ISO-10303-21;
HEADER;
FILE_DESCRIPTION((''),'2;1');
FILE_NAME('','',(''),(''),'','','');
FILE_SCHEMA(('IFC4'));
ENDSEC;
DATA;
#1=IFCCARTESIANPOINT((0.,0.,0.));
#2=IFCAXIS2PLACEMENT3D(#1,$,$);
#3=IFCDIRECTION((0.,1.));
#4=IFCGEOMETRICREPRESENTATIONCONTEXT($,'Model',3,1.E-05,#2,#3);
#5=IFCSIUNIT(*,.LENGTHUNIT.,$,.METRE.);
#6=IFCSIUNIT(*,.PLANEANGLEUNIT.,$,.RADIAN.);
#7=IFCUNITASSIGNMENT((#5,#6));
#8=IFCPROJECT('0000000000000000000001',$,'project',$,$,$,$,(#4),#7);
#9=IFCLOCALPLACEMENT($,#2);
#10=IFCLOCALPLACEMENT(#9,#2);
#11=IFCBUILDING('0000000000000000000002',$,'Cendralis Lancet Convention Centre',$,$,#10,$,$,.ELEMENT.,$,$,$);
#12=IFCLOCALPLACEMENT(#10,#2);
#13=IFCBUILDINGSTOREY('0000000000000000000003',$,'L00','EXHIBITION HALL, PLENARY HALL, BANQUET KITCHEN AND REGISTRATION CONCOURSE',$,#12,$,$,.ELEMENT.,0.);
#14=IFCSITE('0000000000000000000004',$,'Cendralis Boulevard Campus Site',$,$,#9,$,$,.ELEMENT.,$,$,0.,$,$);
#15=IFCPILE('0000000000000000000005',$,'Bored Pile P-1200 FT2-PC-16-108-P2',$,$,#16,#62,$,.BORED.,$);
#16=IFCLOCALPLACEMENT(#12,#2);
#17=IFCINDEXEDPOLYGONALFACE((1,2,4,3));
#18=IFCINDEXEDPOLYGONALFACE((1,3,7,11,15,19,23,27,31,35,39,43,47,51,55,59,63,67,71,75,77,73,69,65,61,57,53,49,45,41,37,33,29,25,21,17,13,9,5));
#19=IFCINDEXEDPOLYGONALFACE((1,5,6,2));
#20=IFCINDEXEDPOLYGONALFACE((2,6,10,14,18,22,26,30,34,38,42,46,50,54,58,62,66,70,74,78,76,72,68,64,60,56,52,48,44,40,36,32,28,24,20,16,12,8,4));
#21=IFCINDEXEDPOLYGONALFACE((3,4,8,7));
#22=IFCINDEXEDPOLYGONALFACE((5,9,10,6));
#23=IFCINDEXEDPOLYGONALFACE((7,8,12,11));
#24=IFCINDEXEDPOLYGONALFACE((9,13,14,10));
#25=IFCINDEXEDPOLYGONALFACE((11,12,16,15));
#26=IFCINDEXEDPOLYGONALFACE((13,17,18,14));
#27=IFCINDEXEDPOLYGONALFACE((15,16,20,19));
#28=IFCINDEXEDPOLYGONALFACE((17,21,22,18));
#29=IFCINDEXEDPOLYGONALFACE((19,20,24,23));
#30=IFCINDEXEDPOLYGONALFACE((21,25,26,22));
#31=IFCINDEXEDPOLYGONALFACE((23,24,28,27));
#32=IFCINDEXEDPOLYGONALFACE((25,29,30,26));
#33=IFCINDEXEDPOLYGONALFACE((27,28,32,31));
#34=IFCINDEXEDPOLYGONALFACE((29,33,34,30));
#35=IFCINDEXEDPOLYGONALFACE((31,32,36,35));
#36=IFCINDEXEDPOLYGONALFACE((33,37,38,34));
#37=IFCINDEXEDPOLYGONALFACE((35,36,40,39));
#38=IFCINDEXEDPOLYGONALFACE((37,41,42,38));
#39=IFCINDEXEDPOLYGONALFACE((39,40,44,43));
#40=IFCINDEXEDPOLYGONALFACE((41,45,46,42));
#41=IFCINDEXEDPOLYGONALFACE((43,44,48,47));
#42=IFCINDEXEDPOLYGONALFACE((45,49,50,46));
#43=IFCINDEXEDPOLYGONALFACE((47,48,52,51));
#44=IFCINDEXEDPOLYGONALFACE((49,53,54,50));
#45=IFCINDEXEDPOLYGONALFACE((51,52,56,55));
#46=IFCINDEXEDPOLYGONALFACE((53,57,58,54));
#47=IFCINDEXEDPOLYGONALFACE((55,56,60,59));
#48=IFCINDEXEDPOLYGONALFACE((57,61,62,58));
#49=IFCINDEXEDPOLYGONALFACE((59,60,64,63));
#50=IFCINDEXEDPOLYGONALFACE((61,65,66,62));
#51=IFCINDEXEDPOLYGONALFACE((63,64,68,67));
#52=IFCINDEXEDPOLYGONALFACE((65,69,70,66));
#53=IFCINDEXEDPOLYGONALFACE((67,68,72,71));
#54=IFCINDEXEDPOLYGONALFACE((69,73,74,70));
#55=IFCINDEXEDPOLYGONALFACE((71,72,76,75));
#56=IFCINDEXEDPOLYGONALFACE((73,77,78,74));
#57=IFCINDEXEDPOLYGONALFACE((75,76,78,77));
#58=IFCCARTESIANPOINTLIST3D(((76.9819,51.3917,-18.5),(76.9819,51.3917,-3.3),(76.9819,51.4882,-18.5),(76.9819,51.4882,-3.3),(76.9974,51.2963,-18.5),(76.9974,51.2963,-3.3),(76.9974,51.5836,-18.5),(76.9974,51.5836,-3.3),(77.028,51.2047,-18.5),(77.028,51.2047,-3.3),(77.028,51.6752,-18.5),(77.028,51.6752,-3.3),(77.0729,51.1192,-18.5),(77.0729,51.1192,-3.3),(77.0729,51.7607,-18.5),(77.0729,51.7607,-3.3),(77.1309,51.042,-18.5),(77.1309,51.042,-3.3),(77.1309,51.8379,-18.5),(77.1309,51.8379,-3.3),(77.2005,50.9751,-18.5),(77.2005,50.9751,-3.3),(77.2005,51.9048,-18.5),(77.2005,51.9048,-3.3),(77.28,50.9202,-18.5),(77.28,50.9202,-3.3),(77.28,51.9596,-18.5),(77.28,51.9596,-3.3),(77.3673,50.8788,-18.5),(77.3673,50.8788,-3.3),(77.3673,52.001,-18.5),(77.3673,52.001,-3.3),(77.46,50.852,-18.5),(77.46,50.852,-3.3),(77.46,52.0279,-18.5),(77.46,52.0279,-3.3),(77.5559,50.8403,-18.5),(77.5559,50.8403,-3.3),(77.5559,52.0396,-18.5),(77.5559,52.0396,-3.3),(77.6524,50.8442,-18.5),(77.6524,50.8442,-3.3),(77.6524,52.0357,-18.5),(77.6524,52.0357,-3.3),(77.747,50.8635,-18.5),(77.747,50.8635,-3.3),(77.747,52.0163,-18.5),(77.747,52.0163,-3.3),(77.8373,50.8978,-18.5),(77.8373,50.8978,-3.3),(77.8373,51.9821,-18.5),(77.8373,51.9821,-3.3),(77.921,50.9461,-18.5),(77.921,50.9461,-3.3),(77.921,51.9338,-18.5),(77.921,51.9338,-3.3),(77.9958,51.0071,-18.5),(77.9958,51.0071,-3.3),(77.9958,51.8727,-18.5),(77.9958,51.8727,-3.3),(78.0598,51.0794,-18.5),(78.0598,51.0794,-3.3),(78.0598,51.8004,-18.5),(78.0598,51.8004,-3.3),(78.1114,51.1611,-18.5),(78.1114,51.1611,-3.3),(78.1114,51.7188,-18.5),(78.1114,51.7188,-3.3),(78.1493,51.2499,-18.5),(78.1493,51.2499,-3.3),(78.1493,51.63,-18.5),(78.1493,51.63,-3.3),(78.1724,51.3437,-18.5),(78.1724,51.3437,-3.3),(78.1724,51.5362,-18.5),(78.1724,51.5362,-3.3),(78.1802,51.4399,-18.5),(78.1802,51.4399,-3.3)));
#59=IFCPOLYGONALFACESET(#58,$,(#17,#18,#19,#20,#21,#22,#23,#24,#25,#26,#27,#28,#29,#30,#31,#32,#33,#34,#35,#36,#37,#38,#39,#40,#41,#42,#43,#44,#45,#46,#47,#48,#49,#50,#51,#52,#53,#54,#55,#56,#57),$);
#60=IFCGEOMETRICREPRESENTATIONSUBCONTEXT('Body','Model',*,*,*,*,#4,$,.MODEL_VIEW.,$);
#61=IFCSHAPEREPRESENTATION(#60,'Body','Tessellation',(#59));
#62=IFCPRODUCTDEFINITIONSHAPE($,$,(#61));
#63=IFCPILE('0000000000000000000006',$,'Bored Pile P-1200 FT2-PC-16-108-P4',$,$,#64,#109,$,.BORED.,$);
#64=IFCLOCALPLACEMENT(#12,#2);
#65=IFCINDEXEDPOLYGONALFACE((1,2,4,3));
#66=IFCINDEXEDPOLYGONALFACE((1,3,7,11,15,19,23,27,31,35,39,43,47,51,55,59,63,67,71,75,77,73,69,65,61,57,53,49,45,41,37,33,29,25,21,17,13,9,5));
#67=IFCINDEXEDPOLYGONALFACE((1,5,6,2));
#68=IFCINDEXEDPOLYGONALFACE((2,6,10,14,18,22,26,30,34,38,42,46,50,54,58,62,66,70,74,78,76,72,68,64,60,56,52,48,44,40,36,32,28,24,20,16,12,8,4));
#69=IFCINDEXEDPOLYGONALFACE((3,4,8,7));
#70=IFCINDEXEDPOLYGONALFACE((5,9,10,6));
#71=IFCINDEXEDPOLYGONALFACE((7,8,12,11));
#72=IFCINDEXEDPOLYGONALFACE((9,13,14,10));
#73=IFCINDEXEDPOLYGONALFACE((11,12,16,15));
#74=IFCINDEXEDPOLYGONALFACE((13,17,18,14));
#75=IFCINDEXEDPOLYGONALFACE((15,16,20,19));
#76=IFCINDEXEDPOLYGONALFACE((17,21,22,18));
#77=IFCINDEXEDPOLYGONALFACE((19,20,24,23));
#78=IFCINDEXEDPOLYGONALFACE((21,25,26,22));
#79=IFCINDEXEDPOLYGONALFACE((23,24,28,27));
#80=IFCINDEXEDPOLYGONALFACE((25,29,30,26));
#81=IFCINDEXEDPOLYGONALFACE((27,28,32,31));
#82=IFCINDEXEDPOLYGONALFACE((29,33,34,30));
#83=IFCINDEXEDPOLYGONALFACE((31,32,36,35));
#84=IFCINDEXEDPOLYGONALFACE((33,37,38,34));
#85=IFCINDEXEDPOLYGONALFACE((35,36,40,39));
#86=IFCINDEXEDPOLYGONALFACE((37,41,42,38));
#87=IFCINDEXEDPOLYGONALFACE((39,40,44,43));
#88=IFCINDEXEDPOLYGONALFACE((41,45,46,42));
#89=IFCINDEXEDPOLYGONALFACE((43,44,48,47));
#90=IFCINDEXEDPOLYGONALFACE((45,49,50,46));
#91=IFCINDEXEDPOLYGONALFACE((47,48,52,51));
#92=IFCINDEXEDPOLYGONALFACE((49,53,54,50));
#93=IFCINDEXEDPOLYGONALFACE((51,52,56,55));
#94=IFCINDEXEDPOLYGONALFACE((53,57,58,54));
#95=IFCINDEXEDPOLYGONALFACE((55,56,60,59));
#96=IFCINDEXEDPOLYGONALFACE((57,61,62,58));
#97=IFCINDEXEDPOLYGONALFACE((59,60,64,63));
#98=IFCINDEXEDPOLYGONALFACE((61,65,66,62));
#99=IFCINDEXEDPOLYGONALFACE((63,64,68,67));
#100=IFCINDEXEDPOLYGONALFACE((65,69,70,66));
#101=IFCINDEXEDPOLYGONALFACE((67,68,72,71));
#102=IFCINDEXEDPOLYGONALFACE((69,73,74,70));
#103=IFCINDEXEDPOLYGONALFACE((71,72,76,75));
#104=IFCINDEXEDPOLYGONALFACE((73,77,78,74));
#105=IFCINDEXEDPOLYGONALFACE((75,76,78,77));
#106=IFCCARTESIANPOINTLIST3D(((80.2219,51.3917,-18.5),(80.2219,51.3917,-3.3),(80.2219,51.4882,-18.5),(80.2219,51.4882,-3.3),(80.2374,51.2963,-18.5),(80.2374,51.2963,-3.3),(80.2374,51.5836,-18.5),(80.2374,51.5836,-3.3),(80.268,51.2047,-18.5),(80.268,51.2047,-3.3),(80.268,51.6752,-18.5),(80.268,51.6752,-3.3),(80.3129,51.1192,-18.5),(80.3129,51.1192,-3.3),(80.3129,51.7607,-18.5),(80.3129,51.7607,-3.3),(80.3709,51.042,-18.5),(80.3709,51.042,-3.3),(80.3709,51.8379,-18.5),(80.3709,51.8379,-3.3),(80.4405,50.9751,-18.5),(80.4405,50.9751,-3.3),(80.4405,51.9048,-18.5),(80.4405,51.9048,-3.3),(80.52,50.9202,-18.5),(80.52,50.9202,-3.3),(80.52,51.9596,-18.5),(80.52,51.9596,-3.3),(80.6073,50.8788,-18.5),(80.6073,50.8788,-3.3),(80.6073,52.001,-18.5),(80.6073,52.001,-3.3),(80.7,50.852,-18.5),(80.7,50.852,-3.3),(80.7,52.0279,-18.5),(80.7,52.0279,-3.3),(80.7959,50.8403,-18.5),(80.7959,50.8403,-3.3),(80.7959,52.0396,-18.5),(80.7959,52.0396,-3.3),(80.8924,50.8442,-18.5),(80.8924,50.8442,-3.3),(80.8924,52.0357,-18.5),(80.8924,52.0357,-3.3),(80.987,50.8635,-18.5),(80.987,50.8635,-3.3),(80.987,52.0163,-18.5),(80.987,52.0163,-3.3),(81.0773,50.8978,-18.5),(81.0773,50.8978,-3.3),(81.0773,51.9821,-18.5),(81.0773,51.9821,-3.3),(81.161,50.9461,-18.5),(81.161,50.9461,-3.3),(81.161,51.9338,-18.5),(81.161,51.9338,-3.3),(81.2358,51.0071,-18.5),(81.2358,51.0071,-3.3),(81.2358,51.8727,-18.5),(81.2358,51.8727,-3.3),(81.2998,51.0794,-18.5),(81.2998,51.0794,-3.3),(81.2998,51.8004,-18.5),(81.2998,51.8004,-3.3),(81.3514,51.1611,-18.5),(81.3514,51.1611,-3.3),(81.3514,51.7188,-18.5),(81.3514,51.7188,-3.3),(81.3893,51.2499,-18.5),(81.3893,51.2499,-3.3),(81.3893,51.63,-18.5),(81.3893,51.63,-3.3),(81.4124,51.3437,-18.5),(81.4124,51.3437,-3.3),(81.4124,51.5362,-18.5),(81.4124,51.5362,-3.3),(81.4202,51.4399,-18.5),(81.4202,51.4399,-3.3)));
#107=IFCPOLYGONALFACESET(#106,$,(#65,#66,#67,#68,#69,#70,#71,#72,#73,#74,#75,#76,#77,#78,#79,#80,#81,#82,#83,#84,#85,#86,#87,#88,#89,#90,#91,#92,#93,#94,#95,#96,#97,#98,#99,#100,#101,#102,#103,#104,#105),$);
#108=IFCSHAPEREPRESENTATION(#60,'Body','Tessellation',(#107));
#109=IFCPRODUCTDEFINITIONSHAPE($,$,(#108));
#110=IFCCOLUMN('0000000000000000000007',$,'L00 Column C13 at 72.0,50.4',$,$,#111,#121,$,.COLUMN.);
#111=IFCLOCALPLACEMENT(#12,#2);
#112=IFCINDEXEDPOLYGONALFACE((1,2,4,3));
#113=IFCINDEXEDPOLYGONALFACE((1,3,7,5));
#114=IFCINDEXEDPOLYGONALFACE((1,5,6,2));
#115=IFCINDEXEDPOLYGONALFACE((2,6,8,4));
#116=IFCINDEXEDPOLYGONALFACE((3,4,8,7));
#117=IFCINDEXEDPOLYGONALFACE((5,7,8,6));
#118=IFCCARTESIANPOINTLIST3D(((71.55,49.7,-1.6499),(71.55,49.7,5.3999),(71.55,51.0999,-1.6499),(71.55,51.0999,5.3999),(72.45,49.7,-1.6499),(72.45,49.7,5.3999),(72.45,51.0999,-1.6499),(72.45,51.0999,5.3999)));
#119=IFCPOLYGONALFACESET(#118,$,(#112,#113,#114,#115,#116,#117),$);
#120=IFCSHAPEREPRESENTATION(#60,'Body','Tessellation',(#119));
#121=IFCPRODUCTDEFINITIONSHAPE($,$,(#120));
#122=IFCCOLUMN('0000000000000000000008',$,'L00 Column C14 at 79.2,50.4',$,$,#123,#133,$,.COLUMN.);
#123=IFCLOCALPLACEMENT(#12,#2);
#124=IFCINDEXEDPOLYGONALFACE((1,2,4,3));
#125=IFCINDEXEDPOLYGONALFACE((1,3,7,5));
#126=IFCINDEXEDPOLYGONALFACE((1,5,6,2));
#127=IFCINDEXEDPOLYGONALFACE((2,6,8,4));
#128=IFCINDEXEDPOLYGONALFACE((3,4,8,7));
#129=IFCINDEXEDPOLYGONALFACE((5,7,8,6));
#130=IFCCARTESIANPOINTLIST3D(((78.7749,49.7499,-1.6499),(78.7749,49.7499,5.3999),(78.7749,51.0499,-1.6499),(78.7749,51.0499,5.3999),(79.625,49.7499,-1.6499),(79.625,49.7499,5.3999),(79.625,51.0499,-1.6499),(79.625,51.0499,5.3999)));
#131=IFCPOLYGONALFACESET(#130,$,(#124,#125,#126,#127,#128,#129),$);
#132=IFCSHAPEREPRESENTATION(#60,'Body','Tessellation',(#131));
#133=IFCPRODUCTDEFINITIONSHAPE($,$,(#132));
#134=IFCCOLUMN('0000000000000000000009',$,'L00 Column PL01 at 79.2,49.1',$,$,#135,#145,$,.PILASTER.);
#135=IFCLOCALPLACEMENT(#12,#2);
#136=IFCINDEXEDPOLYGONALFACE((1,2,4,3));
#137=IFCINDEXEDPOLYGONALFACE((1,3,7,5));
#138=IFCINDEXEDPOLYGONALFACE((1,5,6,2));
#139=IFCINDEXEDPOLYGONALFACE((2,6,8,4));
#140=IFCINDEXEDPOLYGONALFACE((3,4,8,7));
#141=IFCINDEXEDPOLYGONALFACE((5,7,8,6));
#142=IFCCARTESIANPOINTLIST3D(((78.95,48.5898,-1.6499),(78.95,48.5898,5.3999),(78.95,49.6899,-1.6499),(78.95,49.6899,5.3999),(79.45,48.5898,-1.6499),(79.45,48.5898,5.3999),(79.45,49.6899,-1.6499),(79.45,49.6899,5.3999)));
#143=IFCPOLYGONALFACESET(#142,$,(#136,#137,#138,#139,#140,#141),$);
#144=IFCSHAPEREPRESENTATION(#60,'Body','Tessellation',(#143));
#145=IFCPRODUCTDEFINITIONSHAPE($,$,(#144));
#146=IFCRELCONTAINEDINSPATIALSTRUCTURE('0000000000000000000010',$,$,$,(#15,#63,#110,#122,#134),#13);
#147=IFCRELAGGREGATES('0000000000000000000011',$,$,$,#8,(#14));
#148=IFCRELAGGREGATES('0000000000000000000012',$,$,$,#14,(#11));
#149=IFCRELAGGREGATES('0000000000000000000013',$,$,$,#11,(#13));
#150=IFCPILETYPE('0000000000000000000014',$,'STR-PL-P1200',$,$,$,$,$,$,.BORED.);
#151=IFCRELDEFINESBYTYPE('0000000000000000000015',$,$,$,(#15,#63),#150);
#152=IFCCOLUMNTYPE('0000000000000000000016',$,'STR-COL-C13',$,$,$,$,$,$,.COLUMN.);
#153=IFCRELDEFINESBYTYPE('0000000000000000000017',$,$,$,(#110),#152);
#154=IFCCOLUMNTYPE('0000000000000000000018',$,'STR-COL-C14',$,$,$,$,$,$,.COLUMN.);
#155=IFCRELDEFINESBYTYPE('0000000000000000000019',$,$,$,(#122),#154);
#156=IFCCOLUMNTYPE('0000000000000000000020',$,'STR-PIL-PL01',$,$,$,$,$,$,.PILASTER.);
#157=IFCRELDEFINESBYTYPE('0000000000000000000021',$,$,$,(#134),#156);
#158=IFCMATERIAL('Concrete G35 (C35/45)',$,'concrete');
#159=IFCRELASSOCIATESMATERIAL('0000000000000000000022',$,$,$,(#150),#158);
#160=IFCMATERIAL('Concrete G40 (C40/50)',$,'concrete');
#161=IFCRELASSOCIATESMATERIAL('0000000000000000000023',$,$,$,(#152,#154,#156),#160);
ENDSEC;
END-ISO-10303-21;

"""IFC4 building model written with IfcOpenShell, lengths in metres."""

from ifc_helpers import new_model, si_unit, direction, frame, origin, origin_2d, place, context, subcontext, project, spatial, rectangle, circle, extrude, material, material_profile, profile_set, type_object, element, save


model = new_model("IFC4")

# Units and contexts
model_context = context("Model", 3, precision=1e-05, world=origin(), true_north=direction((0.0, 1.0)))
body_context = subcontext(model_context, "Body", "Model", "MODEL_VIEW")
ifc_project = project(units=[si_unit("LENGTHUNIT", "METRE"), si_unit("PLANEANGLEUNIT", "RADIAN")], contexts=[model_context])

# Site, building, storey
site_placement = place(None, origin())
site = spatial("IfcSite", under=ifc_project, at=site_placement, Name="Cendralis Boulevard Campus Site", CompositionType="ELEMENT", RefElevation=0.0)
building_placement = place(site_placement, origin())
building = spatial("IfcBuilding", under=site, at=building_placement, Name="Cendralis Lancet Convention Centre", CompositionType="ELEMENT")
storey_placement = place(building_placement, origin())
storey = spatial("IfcBuildingStorey", under=building, at=storey_placement, Name="L00", Description="EXHIBITION HALL, PLENARY HALL, BANQUET KITCHEN AND REGISTRATION CONCOURSE", CompositionType="ELEMENT", Elevation=0.0)

# Shared definitions
ifc_material_1 = material(Name="Concrete G35 (C35/45)", Category="concrete")

# Piles
ifc_material_profile_1 = material_profile(ifc_material_1, circle(Radius=0.6001, at=origin_2d()), Name="BORED PILE D1200")
ifc_profile_set_1 = profile_set([ifc_material_profile_1], Name="Concrete G35 (C35/45)")
pile_type = type_object("IfcPileType", Name="STR-PL-P1200", PredefinedType="BORED", material=ifc_profile_set_1)
for number, where, z_axis, x_axis, name in (
    (1, (77.5801, 51.4399, -3.3), (0.0, 0.0, -1.0), (1.0, 0.0, 0.0), "Bored Pile P-1200 FT2-PC-16-108-P2"),
    (2, (80.8201, 51.4399, -3.3), (0.0, 0.0, -1.0), (1.0, 0.0, 0.0), "Bored Pile P-1200 FT2-PC-16-108-P4"),
):
    element("IfcPile", number, at=place(storey_placement, frame(where, z_axis=z_axis, x_axis=x_axis)), inside=storey, type_object=pile_type, Name=name, PredefinedType="BORED", context=body_context, shape_type="SweptSolid", body=[
        extrude(circle(Radius=0.6001, at=origin_2d()), origin(), (0.0, 0.0, 1.0), 15.2),
    ])

# Columns
ifc_material_2 = material(Name="Concrete G40 (C40/50)", Category="concrete")
ifc_material_profile_2 = material_profile(ifc_material_2, rectangle(XDim=0.8999, YDim=1.3999, at=origin_2d()), Name="RC 900x1400")
ifc_profile_set_2 = profile_set([ifc_material_profile_2], Name="Concrete G40 (C40/50)")
column_type_1 = type_object("IfcColumnType", Name="STR-COL-C13", PredefinedType="COLUMN", material=ifc_profile_set_2)
column_1_placement = place(storey_placement, frame((72.0, 50.3999, -1.6499), z_axis=(0.0, 0.0, 1.0), x_axis=(1.0, 0.0, 0.0)))
element("IfcColumn", 3, at=column_1_placement, inside=storey, type_object=column_type_1, Name="L00 Column C13 at 72.0,50.4", PredefinedType="COLUMN", context=body_context, shape_type="SweptSolid", body=[
    extrude(rectangle(XDim=0.8999, YDim=1.3999, at=origin_2d()), origin(), (0.0, 0.0, 1.0), 7.0498),
])
ifc_material_profile_3 = material_profile(ifc_material_2, rectangle(XDim=0.8501, YDim=1.3, at=origin_2d()), Name="RC 850x1300")
ifc_profile_set_3 = profile_set([ifc_material_profile_3], Name="Concrete G40 (C40/50)")
column_type_2 = type_object("IfcColumnType", Name="STR-COL-C14", PredefinedType="COLUMN", material=ifc_profile_set_3)
column_2_placement = place(storey_placement, frame((79.2, 50.3999, -1.6499), z_axis=(0.0, 0.0, 1.0), x_axis=(1.0, 0.0, 0.0)))
element("IfcColumn", 4, at=column_2_placement, inside=storey, type_object=column_type_2, Name="L00 Column C14 at 79.2,50.4", PredefinedType="COLUMN", context=body_context, shape_type="SweptSolid", body=[
    extrude(rectangle(XDim=0.8501, YDim=1.3, at=origin_2d()), origin(), (0.0, 0.0, 1.0), 7.0498),
])
ifc_material_profile_4 = material_profile(ifc_material_2, rectangle(XDim=0.5, YDim=1.1001, at=origin_2d()), Name="RC 500x1100")
ifc_profile_set_4 = profile_set([ifc_material_profile_4], Name="Concrete G40 (C40/50)")
column_type_3 = type_object("IfcColumnType", Name="STR-PIL-PL01", PredefinedType="PILASTER", material=ifc_profile_set_4)
column_3_placement = place(storey_placement, frame((79.2, 49.1399, -1.6499), z_axis=(0.0, 0.0, 1.0), x_axis=(1.0, 0.0, 0.0)))
element("IfcColumn", 5, at=column_3_placement, inside=storey, type_object=column_type_3, Name="L00 Column PL01 at 79.2,49.1", PredefinedType="PILASTER", context=body_context, shape_type="SweptSolid", body=[
    extrude(rectangle(XDim=0.5, YDim=1.1001, at=origin_2d()), origin(), (0.0, 0.0, 1.0), 7.0498),
])

save(model, "model.ifc")
